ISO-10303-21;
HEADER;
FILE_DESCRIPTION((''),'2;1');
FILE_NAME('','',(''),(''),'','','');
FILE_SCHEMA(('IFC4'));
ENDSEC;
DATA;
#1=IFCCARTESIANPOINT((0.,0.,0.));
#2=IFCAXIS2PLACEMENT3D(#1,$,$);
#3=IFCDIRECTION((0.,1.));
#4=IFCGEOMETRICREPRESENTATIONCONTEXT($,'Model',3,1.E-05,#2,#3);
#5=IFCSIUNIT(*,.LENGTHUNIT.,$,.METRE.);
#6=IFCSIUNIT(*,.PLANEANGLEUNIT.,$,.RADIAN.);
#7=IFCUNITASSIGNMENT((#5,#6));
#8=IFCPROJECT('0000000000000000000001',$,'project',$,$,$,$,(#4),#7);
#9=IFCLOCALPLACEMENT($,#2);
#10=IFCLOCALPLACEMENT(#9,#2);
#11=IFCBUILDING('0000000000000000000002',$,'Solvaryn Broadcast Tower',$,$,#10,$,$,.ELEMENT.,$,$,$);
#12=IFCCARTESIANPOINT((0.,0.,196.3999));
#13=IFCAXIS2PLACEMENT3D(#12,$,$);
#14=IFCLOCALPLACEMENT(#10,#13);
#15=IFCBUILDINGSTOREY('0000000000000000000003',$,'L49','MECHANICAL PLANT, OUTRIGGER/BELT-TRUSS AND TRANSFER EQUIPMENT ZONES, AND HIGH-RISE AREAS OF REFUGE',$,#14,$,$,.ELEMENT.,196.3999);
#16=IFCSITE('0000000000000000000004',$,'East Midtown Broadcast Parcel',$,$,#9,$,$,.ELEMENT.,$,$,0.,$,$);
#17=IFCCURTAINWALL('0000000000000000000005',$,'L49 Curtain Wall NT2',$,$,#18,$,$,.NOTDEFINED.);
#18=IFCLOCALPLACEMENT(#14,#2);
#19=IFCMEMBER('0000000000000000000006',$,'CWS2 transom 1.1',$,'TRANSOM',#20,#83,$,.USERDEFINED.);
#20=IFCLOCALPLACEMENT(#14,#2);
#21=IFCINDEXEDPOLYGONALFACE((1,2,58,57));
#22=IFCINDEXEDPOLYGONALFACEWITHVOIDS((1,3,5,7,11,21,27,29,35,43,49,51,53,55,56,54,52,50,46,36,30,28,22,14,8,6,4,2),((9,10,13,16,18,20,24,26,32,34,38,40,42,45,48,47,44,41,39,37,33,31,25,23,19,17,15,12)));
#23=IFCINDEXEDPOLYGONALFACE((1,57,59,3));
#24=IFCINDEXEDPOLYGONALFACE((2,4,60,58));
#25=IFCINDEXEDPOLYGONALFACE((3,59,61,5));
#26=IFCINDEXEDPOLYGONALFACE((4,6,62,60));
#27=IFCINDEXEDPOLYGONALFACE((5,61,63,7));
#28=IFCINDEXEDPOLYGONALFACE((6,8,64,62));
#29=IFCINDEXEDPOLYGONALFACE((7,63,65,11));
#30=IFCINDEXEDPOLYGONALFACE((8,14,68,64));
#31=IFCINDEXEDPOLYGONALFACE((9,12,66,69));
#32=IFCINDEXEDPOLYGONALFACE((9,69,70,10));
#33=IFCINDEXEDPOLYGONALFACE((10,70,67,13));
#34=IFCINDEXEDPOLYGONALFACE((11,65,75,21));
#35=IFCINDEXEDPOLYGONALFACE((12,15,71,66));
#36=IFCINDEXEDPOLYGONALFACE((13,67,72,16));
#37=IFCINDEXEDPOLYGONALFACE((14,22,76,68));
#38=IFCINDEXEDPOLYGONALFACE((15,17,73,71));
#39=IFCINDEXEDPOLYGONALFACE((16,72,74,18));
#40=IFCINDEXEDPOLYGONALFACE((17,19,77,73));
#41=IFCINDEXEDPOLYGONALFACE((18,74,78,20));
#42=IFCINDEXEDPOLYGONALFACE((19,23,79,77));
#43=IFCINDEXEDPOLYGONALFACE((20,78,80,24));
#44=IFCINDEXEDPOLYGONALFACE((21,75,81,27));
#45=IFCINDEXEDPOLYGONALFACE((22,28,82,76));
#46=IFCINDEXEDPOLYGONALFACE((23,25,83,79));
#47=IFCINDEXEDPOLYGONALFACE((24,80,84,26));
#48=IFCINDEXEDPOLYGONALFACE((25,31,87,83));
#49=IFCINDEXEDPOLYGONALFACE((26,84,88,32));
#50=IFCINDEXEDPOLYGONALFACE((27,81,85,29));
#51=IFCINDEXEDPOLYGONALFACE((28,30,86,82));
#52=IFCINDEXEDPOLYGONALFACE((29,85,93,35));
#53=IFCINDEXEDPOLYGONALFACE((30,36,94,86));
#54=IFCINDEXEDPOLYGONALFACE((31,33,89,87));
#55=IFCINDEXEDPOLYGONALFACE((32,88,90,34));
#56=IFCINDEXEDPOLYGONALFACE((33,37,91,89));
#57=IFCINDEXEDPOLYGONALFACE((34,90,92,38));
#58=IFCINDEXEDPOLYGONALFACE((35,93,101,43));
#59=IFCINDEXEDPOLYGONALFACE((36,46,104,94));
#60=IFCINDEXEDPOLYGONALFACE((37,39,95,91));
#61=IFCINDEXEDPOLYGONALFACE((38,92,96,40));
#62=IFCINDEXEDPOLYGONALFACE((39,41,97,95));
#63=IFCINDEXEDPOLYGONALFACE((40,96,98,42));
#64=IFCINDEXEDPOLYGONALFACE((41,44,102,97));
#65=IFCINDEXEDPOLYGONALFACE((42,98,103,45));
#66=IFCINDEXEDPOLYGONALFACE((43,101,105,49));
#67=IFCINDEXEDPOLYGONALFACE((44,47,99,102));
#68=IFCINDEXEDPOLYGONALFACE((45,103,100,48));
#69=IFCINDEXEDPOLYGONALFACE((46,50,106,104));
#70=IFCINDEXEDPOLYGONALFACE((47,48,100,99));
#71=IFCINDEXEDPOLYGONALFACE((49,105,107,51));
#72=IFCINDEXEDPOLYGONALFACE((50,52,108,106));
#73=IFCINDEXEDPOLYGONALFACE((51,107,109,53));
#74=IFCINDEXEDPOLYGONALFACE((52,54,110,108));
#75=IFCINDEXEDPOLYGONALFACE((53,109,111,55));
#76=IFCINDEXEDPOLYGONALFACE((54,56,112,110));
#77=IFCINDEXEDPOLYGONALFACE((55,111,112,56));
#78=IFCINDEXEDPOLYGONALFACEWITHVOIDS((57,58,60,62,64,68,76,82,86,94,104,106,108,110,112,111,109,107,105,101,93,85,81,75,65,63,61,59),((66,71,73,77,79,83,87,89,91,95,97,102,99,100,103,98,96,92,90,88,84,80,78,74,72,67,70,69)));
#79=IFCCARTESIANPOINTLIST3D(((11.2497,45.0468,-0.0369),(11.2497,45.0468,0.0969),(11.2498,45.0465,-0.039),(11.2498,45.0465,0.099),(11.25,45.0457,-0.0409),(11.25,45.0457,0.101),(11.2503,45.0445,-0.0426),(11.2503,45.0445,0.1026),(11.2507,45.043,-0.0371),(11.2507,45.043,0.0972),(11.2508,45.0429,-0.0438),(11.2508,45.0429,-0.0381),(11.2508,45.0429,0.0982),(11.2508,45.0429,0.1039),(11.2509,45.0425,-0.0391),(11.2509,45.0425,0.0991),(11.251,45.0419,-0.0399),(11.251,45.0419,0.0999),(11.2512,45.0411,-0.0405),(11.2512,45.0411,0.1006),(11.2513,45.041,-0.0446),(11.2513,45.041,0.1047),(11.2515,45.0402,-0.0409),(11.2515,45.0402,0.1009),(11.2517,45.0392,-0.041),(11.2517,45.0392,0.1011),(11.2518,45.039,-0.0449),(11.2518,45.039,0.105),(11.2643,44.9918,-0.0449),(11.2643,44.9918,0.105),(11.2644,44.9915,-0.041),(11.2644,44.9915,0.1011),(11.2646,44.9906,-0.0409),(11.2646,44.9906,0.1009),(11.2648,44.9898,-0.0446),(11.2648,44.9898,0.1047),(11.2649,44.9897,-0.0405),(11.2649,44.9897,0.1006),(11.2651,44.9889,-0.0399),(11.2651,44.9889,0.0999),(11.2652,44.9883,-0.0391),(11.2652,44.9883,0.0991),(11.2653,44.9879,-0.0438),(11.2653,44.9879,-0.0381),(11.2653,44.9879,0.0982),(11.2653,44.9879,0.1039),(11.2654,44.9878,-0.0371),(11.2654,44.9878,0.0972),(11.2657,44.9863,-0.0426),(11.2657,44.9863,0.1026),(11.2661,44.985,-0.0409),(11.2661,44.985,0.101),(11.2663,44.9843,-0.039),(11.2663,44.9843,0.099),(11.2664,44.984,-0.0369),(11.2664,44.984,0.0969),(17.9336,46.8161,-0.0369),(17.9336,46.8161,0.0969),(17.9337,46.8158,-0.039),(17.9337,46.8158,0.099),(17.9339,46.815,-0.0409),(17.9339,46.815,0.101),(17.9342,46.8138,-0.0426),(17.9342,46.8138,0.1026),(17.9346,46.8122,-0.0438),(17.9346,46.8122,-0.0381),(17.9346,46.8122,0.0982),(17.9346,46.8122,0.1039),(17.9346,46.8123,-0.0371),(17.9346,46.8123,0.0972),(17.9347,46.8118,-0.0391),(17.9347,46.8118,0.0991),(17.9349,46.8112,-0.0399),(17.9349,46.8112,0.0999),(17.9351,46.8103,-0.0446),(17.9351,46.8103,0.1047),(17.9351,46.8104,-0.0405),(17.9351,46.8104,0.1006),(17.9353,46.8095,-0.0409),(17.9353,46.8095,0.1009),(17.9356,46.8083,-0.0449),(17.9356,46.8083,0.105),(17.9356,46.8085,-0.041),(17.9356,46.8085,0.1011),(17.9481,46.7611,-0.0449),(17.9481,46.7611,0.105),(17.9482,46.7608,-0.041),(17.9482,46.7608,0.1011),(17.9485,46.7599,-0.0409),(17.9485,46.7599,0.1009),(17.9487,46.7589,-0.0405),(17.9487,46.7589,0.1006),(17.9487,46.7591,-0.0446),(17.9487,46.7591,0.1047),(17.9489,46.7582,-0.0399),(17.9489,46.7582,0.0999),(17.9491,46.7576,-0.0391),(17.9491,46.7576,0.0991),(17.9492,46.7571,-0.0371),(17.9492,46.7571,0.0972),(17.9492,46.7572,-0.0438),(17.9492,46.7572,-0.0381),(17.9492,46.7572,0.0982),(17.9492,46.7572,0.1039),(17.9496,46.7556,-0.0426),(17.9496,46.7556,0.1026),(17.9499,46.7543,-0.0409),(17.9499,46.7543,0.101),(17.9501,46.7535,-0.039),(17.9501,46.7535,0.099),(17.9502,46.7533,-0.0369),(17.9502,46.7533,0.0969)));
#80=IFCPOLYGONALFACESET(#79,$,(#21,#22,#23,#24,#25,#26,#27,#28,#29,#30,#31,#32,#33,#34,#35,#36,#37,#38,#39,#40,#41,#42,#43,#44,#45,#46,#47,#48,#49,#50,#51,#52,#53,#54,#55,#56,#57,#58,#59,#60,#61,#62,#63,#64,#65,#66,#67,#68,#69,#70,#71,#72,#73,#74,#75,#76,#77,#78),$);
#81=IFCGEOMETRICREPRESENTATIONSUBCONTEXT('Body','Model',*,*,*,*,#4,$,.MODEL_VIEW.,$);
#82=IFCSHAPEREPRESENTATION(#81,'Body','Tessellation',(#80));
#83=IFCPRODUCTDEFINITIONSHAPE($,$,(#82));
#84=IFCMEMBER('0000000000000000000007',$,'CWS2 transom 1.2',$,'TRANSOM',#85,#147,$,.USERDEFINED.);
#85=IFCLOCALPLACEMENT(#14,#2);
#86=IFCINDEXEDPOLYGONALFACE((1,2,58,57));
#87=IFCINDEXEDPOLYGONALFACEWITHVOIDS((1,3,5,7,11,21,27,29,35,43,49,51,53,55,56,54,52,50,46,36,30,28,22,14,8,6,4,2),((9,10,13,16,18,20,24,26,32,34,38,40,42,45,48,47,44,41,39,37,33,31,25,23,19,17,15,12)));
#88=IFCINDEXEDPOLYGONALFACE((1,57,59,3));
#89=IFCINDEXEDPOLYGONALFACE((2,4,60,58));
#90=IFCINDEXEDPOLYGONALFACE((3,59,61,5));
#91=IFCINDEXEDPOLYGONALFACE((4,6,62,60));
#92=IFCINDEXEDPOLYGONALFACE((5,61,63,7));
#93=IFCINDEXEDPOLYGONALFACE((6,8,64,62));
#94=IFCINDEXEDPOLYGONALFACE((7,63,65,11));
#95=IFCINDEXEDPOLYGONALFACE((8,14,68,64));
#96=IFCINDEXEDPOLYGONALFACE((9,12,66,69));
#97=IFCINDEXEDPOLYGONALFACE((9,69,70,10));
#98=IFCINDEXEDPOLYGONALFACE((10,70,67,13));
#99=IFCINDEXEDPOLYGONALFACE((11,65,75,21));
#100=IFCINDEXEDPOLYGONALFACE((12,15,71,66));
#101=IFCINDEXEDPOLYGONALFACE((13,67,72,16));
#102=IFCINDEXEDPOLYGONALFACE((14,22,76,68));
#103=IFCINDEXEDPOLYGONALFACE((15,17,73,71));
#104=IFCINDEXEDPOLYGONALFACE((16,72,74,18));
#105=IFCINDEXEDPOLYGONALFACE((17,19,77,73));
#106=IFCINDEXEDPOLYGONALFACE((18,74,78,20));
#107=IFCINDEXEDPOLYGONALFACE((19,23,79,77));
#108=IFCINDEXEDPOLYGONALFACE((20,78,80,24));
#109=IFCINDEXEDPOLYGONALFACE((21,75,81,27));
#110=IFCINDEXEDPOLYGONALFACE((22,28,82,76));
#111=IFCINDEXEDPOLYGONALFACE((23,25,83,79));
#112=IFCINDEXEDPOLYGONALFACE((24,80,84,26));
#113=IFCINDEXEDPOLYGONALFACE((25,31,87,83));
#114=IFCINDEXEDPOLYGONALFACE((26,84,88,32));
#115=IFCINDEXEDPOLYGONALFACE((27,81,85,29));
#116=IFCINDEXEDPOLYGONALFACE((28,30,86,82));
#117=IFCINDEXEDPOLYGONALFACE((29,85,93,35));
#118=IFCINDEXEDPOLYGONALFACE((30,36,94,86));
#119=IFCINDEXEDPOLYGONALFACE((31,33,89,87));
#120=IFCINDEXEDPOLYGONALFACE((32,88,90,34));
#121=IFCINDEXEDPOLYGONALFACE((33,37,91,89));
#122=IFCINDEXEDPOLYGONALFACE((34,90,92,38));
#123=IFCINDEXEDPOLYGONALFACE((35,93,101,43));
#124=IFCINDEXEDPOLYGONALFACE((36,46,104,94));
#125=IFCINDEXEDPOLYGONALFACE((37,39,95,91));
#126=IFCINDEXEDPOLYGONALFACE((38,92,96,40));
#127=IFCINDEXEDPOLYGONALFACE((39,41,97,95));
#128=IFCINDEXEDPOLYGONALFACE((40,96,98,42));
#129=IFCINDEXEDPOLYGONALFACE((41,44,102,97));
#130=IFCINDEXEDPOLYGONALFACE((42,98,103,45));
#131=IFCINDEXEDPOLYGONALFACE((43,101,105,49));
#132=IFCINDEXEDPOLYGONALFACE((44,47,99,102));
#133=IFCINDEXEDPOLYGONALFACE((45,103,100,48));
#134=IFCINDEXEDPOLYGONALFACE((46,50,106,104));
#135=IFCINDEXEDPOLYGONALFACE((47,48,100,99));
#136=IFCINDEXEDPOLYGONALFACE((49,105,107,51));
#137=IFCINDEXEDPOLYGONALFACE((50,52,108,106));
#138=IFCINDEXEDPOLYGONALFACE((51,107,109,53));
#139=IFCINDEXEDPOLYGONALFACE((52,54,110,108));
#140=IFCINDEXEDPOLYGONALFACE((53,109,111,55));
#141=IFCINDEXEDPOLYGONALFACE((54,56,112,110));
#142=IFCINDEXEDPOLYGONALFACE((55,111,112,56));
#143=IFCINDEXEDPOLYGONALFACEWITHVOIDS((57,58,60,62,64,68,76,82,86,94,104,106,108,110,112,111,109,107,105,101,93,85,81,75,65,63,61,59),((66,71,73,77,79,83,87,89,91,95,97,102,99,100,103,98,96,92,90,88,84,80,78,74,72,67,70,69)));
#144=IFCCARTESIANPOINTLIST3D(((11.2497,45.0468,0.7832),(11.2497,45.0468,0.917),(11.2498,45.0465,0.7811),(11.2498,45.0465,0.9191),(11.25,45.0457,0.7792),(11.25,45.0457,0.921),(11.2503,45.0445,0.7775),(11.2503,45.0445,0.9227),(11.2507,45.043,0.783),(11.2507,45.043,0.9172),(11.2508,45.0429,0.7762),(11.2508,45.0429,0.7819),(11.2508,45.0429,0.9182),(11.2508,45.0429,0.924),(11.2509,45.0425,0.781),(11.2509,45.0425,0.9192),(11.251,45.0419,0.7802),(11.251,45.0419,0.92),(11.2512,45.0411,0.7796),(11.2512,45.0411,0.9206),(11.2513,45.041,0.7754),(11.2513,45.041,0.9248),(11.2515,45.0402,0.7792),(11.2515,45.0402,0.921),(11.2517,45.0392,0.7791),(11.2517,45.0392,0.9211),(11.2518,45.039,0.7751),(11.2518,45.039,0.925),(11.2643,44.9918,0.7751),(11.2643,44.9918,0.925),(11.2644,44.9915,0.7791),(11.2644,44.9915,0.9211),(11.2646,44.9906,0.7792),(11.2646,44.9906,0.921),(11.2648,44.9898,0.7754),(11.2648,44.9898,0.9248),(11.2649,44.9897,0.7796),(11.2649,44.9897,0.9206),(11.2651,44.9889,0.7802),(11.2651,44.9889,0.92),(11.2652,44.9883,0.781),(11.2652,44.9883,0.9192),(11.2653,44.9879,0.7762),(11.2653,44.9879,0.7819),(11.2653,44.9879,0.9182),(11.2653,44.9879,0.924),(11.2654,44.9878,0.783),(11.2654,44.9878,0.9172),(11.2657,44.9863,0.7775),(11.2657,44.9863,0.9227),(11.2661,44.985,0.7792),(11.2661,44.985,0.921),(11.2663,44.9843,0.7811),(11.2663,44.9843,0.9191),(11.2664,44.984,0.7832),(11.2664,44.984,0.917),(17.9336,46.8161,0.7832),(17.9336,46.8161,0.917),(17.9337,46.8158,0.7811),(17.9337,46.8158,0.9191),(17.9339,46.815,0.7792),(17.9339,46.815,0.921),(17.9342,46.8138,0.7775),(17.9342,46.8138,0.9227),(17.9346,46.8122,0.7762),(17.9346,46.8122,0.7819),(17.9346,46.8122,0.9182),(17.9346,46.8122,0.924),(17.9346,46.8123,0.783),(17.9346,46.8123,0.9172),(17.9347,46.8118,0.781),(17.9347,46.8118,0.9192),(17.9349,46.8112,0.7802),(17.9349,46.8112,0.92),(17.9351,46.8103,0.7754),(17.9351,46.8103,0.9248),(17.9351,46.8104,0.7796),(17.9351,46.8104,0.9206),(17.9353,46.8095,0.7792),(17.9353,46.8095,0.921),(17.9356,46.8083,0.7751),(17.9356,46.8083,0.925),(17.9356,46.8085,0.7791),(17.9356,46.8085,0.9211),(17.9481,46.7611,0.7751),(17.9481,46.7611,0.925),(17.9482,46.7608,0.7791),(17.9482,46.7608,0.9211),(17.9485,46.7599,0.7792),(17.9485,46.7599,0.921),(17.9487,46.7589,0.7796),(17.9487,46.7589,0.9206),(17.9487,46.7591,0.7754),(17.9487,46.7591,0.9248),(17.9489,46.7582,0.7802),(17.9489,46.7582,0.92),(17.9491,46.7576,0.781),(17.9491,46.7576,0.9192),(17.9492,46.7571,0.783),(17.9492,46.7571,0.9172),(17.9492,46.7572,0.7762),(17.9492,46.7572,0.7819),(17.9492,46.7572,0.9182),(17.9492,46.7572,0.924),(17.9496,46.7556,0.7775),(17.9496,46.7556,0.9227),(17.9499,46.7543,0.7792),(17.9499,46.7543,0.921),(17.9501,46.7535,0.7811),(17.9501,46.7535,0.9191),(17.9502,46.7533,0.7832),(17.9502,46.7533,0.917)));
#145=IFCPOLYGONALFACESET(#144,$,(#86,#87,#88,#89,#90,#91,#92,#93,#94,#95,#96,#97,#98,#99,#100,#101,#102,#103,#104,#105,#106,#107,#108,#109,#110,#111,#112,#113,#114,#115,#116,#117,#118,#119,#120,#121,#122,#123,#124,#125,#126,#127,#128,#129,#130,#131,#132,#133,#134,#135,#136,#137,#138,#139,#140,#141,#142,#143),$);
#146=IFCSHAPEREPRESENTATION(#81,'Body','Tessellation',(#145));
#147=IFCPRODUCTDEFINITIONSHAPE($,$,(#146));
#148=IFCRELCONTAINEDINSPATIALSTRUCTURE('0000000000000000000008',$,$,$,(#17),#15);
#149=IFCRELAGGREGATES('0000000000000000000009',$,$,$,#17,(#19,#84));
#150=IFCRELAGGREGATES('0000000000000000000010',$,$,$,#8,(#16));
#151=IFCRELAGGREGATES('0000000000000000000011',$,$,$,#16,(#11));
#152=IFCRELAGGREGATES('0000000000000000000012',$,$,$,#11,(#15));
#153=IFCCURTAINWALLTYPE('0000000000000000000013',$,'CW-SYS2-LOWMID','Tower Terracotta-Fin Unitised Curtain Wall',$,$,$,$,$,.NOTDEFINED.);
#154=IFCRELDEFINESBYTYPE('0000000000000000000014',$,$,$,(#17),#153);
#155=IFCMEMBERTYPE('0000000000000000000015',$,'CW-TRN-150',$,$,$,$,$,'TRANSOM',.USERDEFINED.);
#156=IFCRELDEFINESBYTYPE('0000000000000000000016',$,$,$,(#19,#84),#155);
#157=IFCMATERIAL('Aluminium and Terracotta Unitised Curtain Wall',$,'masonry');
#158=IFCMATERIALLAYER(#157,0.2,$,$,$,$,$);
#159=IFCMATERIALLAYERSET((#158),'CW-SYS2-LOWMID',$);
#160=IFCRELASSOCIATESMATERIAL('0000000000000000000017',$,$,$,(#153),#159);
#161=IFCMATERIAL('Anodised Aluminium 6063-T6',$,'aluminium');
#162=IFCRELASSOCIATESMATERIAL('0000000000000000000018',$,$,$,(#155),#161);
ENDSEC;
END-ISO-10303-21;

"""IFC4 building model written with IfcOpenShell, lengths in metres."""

from ifc_helpers import new_model, si_unit, direction, frame, origin, origin_2d, place, context, subcontext, project, spatial, hollow_rectangle, extrude, material, layer, layer_set, material_profile, profile_set, type_object, element, aggregate, save


model = new_model("IFC4")

# Units and contexts
model_context = context("Model", 3, precision=1e-05, world=origin(), true_north=direction((0.0, 1.0)))
body_context = subcontext(model_context, "Body", "Model", "MODEL_VIEW")
ifc_project = project(units=[si_unit("LENGTHUNIT", "METRE"), si_unit("PLANEANGLEUNIT", "RADIAN")], contexts=[model_context])

# Site, building, storey
site_placement = place(None, origin())
site = spatial("IfcSite", under=ifc_project, at=site_placement, Name="East Midtown Broadcast Parcel", CompositionType="ELEMENT", RefElevation=0.0)
building_placement = place(site_placement, origin())
building = spatial("IfcBuilding", under=site, at=building_placement, Name="Solvaryn Broadcast Tower", CompositionType="ELEMENT")
storey_placement = place(building_placement, frame((0.0, 0.0, 196.3999)))
storey = spatial("IfcBuildingStorey", under=building, at=storey_placement, Name="L49", Description="MECHANICAL PLANT, OUTRIGGER/BELT-TRUSS AND TRANSFER EQUIPMENT ZONES, AND HIGH-RISE AREAS OF REFUGE", CompositionType="ELEMENT", Elevation=196.3999)

# Shared definitions
ifc_material_1 = material(Name="Aluminium and Terracotta Unitised Curtain Wall", Category="masonry")
ifc_layer_1 = layer(ifc_material_1, 0.2)
ifc_layer_set_1 = layer_set([ifc_layer_1], Name="CW-SYS2-LOWMID")
curtain_wall_type = type_object("IfcCurtainWallType", Name="CW-SYS2-LOWMID", Description="Tower Terracotta-Fin Unitised Curtain Wall", PredefinedType="NOTDEFINED", material=ifc_layer_set_1)

# Curtain wall
curtain_wall_1_placement = place(storey_placement, origin())
curtain_wall_1 = element("IfcCurtainWall", 1, at=curtain_wall_1_placement, inside=storey, type_object=curtain_wall_type, Name="L49 Curtain Wall NT2", PredefinedType="NOTDEFINED")

# Members
ifc_material_2 = material(Name="Anodised Aluminium 6063-T6", Category="aluminium")
ifc_material_profile_1 = material_profile(ifc_material_2, hollow_rectangle(XDim=0.0649, YDim=0.1499, WallThickness=0.0039, InnerFilletRadius=0.0039, OuterFilletRadius=0.0081, at=origin_2d()))
ifc_profile_set_1 = profile_set([ifc_material_profile_1], Name="Anodised Aluminium 6063-T6")
member_type_1 = type_object("IfcMemberType", Name="CW-TRN-150", ElementType="TRANSOM", PredefinedType="USERDEFINED", material=ifc_profile_set_1)
member_1_placement = place(storey_placement, frame((17.9419, 46.7847, 0.03), z_axis=(-0.966704, -0.255897, 0.0), x_axis=(0.255897, -0.966704, 0.0)))
member_1 = element("IfcMember", 2, at=member_1_placement, type_object=member_type_1, Name="CWS2 transom 1.1", ObjectType="TRANSOM", PredefinedType="USERDEFINED", context=body_context, shape_type="SweptSolid", body=[
    extrude(hollow_rectangle(XDim=0.0649, YDim=0.1499, WallThickness=0.0039, InnerFilletRadius=0.0039, OuterFilletRadius=0.0081, at=origin_2d()), origin(), (0.0, 0.0, 1.0), 6.9141),
])
member_2_placement = place(storey_placement, frame((17.9419, 46.7847, 0.8501), z_axis=(-0.966704, -0.255897, 0.0), x_axis=(0.255897, -0.966704, 0.0)))
member_2 = element("IfcMember", 3, at=member_2_placement, type_object=member_type_1, Name="CWS2 transom 1.2", ObjectType="TRANSOM", PredefinedType="USERDEFINED", context=body_context, shape_type="SweptSolid", body=[
    extrude(hollow_rectangle(XDim=0.0649, YDim=0.1499, WallThickness=0.0039, InnerFilletRadius=0.0039, OuterFilletRadius=0.0081, at=origin_2d()), origin(), (0.0, 0.0, 1.0), 6.9141),
])
aggregate(curtain_wall_1, [member_1, member_2])

save(model, "model.ifc")
